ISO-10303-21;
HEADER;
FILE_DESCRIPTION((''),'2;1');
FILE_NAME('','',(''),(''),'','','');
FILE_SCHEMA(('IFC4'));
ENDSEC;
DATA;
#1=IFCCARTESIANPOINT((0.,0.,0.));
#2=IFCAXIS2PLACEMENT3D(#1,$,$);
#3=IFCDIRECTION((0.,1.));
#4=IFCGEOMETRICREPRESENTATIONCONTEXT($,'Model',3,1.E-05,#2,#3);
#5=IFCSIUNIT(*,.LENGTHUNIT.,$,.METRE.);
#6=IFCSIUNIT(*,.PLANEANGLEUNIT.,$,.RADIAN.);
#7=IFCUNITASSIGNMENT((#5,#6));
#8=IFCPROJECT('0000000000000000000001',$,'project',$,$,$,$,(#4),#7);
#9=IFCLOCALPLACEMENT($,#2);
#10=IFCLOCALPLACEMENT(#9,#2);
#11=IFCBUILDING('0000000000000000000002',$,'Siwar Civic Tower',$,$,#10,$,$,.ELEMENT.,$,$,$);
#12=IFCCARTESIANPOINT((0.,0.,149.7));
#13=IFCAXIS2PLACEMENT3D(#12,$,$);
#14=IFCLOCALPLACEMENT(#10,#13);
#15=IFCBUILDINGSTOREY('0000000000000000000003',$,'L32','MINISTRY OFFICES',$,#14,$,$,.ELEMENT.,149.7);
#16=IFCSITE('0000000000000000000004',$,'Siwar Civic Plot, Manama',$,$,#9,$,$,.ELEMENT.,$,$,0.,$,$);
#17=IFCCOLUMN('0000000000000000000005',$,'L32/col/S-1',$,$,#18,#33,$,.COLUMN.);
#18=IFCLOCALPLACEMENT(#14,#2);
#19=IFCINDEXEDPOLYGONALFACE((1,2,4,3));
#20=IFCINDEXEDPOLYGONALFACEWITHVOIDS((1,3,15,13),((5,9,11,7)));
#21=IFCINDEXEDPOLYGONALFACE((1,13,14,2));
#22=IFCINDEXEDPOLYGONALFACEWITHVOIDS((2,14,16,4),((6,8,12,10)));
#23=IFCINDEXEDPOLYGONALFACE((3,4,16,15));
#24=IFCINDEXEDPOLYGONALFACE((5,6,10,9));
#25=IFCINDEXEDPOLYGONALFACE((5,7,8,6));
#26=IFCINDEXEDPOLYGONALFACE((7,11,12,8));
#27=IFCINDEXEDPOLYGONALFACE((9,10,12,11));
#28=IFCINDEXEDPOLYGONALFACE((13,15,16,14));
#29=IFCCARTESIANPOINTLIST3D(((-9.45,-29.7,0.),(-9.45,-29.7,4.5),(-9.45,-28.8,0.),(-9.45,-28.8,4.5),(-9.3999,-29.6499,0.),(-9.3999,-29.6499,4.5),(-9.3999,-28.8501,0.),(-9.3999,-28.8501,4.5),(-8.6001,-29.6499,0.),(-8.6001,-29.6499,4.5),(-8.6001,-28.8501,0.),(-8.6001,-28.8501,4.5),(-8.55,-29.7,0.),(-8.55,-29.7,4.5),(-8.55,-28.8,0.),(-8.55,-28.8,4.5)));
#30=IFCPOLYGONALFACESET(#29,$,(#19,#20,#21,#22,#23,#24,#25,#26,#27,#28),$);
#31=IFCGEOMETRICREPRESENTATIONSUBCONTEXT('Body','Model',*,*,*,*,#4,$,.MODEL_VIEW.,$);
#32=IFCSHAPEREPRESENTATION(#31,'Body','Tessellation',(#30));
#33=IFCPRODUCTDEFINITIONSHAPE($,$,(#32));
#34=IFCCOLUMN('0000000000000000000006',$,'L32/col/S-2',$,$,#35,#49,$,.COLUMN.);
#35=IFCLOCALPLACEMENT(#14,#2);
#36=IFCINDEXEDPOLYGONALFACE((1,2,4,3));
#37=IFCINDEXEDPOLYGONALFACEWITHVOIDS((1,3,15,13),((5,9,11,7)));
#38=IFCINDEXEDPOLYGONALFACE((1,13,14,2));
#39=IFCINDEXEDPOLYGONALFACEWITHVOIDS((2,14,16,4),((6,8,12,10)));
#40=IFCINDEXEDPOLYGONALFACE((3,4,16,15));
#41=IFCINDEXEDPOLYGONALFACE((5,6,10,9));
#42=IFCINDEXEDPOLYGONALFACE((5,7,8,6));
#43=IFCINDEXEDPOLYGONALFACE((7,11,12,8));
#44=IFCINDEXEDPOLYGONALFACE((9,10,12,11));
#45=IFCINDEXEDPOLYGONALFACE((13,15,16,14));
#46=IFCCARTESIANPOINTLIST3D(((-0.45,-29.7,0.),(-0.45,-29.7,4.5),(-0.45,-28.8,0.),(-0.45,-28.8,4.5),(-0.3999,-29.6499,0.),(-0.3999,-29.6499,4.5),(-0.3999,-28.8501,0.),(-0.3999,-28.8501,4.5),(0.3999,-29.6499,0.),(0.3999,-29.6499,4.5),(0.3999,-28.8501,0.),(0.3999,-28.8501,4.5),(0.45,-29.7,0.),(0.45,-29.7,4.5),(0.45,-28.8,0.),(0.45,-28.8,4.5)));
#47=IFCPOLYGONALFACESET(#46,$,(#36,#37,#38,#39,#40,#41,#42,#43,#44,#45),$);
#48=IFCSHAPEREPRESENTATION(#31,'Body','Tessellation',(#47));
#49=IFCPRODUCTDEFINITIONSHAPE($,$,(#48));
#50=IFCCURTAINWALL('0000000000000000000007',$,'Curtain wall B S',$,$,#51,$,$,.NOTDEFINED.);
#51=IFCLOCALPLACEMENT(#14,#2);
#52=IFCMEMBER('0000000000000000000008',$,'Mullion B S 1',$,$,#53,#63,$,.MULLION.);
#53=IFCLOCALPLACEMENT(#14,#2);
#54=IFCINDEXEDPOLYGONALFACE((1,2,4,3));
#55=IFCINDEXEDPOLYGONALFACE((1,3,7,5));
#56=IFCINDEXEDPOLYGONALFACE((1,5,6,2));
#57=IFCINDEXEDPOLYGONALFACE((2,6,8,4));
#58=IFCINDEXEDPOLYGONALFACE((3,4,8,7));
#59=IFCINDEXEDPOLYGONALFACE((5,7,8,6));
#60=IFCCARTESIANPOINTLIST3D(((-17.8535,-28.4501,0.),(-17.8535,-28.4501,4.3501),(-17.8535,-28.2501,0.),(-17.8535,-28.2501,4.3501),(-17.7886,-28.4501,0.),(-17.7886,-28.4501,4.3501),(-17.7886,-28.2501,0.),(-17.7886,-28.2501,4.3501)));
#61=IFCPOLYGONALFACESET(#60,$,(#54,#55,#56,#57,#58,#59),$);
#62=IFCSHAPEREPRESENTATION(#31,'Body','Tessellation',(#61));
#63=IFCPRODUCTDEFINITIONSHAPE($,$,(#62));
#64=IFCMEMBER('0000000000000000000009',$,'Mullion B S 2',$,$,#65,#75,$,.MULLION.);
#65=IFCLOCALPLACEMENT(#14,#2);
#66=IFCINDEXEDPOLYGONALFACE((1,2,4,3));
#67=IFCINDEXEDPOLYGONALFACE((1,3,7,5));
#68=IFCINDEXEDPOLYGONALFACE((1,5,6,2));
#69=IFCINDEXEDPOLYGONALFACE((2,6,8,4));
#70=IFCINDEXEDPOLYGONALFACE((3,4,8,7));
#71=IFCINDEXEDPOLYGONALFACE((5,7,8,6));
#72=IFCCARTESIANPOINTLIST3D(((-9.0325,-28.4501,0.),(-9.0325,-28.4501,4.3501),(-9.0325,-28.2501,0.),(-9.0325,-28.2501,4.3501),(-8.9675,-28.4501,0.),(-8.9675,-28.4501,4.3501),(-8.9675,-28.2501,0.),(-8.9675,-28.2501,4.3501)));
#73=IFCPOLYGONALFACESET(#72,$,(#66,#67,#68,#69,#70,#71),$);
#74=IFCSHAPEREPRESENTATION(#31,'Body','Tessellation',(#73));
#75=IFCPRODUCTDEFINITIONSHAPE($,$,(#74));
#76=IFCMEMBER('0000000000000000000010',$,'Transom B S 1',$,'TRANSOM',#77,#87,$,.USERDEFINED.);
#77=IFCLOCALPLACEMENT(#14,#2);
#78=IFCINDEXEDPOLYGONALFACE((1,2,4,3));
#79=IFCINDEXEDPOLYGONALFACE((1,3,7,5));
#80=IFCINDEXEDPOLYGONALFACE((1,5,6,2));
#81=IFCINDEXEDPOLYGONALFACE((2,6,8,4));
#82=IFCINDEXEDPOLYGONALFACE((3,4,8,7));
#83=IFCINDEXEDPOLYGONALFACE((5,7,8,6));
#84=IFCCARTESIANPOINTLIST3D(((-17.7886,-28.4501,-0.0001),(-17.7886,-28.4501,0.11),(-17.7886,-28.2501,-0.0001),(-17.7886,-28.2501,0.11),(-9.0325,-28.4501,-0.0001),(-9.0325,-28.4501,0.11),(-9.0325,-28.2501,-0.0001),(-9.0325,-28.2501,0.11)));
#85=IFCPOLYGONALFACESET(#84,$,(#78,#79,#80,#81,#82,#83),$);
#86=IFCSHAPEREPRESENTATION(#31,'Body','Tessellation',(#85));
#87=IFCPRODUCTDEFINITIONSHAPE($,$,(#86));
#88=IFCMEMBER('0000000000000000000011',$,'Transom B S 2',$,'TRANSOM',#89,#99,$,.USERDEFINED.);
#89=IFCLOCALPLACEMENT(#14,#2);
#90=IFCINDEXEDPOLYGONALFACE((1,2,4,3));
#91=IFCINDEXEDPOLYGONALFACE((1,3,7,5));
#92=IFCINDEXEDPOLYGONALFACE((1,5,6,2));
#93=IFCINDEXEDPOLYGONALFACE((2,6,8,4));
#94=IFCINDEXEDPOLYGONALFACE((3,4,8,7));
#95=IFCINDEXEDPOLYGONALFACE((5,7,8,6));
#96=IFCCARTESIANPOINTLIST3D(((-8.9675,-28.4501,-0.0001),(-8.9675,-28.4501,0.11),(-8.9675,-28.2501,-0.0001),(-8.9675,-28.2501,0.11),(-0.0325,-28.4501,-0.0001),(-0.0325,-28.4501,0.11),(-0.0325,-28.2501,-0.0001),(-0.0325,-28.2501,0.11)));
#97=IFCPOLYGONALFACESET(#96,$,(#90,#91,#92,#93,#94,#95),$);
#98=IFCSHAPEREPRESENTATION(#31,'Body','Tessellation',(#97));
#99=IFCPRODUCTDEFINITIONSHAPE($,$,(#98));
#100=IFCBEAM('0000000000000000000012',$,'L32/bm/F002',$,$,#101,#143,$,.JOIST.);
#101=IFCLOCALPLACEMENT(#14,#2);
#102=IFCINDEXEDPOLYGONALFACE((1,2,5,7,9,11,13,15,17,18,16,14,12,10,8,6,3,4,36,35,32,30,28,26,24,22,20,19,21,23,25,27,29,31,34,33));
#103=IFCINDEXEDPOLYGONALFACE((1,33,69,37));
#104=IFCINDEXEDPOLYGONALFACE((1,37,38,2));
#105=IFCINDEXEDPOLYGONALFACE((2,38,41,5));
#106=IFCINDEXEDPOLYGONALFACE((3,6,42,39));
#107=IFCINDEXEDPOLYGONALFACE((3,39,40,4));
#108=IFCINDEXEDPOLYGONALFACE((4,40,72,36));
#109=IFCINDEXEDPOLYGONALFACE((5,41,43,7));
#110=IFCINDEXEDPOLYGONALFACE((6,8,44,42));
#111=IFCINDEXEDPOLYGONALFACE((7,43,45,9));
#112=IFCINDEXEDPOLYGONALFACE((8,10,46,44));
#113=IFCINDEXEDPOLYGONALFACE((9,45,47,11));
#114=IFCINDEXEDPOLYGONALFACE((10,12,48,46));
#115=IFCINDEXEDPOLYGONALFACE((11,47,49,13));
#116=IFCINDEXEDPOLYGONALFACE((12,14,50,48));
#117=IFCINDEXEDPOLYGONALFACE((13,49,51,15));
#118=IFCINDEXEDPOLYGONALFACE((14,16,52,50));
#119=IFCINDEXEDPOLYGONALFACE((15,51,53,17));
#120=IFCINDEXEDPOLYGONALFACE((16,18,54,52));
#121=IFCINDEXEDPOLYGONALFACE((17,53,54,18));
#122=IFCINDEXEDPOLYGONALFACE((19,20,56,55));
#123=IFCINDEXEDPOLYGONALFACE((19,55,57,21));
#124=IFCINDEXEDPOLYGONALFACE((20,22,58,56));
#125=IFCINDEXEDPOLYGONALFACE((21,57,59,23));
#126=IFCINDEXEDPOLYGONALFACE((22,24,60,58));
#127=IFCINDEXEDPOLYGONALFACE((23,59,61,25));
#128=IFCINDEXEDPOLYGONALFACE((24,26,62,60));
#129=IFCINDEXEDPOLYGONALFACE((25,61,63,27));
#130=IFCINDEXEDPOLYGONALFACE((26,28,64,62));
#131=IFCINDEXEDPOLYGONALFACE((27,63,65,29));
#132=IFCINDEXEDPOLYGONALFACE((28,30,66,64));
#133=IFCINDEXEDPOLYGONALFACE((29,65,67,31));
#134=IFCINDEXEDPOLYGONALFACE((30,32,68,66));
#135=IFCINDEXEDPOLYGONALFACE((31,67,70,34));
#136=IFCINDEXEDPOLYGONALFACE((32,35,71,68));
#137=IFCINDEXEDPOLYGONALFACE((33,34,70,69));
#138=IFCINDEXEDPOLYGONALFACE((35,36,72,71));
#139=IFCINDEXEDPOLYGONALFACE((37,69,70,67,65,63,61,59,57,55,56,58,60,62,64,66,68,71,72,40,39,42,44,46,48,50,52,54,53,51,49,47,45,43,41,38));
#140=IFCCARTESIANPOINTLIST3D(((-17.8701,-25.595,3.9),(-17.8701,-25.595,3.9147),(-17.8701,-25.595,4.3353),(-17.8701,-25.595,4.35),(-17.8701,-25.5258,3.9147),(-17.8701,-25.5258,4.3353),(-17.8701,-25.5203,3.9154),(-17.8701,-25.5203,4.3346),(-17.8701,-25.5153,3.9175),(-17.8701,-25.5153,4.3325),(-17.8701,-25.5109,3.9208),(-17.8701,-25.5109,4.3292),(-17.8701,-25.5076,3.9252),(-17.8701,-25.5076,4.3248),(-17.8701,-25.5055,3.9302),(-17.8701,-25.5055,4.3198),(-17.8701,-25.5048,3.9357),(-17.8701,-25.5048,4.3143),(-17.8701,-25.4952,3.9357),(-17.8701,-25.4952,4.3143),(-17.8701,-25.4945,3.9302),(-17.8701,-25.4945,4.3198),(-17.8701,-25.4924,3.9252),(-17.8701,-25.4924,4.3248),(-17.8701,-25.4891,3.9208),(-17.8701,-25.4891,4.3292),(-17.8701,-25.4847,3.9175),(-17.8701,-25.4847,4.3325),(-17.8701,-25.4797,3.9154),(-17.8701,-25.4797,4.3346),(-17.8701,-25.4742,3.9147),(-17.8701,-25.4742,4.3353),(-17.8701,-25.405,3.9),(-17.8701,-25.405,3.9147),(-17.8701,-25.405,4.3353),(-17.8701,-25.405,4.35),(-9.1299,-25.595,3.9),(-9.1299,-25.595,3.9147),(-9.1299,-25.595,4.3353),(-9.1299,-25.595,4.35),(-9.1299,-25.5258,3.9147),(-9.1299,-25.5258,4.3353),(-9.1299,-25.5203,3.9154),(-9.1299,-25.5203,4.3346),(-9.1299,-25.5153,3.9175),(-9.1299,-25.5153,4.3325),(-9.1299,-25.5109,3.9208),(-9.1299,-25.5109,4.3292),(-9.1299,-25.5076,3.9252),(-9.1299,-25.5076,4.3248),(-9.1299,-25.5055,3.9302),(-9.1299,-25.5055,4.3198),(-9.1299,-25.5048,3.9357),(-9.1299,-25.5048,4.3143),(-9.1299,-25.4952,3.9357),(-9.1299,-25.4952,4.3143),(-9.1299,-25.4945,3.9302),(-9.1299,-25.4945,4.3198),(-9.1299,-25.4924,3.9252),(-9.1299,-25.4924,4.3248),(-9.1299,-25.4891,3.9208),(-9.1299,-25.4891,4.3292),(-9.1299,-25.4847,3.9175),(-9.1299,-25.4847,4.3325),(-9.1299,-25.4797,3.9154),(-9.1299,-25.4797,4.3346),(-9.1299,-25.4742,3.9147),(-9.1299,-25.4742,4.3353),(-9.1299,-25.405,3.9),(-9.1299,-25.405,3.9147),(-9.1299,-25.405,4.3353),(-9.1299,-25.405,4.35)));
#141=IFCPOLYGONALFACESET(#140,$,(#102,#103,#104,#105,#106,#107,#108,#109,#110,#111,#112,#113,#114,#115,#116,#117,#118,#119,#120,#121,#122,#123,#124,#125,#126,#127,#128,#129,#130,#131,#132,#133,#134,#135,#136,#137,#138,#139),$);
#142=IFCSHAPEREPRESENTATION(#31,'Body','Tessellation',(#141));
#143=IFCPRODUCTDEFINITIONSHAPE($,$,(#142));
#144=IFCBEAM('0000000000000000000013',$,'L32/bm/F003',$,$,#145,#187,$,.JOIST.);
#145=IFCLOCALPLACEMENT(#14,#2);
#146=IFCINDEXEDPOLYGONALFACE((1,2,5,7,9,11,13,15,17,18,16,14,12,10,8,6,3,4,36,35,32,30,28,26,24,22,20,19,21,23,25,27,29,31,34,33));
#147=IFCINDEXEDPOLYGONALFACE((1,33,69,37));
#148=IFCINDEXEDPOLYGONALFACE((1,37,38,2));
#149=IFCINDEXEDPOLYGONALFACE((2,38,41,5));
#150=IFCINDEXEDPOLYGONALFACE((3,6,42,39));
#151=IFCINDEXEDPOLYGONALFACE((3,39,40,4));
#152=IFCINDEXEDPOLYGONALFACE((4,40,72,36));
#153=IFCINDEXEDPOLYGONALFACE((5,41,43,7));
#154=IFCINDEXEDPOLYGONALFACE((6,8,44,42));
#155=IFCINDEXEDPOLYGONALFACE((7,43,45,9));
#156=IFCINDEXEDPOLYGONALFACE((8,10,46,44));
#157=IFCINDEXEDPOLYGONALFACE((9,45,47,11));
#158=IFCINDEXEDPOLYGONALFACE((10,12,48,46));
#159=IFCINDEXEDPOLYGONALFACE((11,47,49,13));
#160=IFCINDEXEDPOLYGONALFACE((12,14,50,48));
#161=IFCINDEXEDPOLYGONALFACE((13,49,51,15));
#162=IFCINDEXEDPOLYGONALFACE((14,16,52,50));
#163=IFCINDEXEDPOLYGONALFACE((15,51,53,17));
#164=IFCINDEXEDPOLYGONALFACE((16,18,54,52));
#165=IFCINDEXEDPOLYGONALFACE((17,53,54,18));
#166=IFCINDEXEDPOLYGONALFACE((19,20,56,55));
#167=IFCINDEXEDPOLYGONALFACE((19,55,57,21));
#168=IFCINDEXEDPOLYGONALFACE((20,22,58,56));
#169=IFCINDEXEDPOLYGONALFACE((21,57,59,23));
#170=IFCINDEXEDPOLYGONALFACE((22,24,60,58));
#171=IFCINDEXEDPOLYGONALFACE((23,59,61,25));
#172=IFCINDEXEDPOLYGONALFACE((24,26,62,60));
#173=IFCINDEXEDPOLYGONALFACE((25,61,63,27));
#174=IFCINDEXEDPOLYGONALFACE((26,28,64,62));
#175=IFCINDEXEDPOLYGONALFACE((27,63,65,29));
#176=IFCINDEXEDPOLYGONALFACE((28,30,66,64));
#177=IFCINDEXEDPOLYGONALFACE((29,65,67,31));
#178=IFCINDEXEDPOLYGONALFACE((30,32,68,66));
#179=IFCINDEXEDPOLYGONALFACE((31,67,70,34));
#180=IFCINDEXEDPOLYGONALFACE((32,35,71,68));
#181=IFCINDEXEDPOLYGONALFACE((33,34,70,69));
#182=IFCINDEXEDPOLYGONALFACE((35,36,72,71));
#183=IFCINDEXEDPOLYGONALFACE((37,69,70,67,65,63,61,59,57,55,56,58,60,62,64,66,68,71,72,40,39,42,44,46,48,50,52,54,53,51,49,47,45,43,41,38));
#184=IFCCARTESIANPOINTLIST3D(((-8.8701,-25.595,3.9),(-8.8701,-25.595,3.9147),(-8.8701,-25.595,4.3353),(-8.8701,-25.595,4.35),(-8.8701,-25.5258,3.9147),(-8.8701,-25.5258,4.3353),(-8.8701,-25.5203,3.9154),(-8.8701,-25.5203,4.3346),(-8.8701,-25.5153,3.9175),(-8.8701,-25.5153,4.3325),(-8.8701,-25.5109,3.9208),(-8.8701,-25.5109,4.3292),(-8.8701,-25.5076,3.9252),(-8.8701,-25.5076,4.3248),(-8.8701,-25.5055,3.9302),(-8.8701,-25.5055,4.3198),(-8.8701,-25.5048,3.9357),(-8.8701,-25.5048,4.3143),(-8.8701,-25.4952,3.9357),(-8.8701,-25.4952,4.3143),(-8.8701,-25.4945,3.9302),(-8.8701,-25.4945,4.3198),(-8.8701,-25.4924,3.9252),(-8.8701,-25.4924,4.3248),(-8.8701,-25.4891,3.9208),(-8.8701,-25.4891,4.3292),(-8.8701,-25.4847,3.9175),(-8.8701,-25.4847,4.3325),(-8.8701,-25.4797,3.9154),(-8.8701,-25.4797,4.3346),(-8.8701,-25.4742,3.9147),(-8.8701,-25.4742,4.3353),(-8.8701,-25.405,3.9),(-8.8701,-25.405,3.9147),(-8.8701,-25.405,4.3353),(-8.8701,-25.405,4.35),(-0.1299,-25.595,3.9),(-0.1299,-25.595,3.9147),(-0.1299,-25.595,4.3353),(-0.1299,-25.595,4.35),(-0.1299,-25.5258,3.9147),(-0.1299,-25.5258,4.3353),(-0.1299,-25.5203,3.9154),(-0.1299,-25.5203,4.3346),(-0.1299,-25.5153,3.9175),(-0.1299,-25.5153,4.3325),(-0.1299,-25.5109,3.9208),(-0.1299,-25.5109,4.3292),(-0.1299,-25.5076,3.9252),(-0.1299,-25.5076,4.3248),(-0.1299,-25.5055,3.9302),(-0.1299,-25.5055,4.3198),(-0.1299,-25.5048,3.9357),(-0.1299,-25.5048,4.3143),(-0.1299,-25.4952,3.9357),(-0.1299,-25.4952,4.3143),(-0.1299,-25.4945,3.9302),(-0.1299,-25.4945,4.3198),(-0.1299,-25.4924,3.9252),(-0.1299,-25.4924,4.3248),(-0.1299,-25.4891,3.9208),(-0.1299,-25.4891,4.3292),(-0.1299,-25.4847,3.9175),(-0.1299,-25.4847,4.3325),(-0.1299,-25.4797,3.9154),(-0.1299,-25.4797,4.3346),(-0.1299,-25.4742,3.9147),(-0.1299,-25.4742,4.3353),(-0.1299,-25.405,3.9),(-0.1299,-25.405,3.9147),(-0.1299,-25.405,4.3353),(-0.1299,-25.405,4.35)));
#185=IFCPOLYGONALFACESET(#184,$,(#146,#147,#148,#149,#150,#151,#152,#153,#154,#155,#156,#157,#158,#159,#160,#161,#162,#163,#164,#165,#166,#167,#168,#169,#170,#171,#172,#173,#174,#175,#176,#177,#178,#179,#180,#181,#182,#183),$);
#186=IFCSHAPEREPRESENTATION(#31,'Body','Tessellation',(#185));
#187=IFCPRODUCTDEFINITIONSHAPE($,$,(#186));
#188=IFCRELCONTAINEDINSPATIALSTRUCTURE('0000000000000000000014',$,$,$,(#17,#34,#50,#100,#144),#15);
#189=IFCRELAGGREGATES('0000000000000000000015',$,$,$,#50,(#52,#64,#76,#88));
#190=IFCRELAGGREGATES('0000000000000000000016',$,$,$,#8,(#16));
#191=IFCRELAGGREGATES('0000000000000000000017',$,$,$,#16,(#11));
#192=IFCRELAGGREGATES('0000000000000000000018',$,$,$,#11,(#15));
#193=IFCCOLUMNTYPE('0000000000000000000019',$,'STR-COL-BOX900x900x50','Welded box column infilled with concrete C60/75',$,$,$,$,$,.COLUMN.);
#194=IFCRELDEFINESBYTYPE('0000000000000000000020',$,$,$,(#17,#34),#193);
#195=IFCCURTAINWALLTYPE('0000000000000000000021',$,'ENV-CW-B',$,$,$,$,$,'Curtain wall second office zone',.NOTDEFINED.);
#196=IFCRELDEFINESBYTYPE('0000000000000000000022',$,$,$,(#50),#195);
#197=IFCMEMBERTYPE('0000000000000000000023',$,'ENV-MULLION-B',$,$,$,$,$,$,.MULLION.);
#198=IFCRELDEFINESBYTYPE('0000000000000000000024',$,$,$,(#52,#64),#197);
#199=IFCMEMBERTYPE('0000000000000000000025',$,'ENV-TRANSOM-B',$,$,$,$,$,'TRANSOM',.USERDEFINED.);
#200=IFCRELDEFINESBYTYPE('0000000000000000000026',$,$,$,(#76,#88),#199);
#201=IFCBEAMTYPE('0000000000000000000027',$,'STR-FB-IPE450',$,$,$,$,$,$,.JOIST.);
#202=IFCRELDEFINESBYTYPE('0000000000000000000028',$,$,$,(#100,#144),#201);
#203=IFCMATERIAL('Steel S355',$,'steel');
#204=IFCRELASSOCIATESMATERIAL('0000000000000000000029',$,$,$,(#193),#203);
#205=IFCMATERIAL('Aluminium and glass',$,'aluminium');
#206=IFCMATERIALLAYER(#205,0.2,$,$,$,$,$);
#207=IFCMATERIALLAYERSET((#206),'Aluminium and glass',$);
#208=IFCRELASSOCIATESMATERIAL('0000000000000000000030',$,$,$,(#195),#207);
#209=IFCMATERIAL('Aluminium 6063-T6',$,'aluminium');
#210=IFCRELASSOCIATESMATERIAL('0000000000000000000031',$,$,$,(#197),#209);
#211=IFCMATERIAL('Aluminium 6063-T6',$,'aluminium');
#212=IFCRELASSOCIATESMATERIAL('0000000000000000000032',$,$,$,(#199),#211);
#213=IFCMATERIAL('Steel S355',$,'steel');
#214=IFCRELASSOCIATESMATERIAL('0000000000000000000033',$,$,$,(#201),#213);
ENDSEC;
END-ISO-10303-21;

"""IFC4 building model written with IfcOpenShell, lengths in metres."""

from ifc_helpers import new_model, si_unit, direction, frame, origin, origin_2d, place, context, subcontext, project, spatial, rectangle, hollow_rectangle, i_section, extrude, material, layer, layer_set, material_profile, profile_set, type_object, element, aggregate, save


model = new_model("IFC4")

# Units and contexts
model_context = context("Model", 3, precision=1e-05, world=origin(), true_north=direction((0.0, 1.0)))
body_context = subcontext(model_context, "Body", "Model", "MODEL_VIEW")
ifc_project = project(units=[si_unit("LENGTHUNIT", "METRE"), si_unit("PLANEANGLEUNIT", "RADIAN")], contexts=[model_context])

# Site, building, storey
site_placement = place(None, origin())
site = spatial("IfcSite", under=ifc_project, at=site_placement, Name="Siwar Civic Plot, Manama", CompositionType="ELEMENT", RefElevation=0.0)
building_placement = place(site_placement, origin())
building = spatial("IfcBuilding", under=site, at=building_placement, Name="Siwar Civic Tower", CompositionType="ELEMENT")
storey_placement = place(building_placement, frame((0.0, 0.0, 149.7)))
storey = spatial("IfcBuildingStorey", under=building, at=storey_placement, Name="L32", Description="MINISTRY OFFICES", CompositionType="ELEMENT", Elevation=149.7)

# Columns
ifc_material_1 = material(Name="Steel S355", Category="steel")
ifc_material_profile_1 = material_profile(ifc_material_1, hollow_rectangle(XDim=0.8999, YDim=0.8999, WallThickness=0.05, at=origin_2d()), Name="BOX900x900x50")
ifc_profile_set_1 = profile_set([ifc_material_profile_1], Name="Steel S355")
column_type = type_object("IfcColumnType", Name="STR-COL-BOX900x900x50", Description="Welded box column infilled with concrete C60/75", PredefinedType="COLUMN", material=ifc_profile_set_1)
for number, where, z_axis, x_axis, name in (
    (1, (-9.0, -29.25, 0.0), (0.0, 0.0, 1.0), (1.0, 0.0, 0.0), "L32/col/S-1"),
    (2, (0.0, -29.25, 0.0), (0.0, 0.0, 1.0), (1.0, 0.0, 0.0), "L32/col/S-2"),
):
    element("IfcColumn", number, at=place(storey_placement, frame(where, z_axis=z_axis, x_axis=x_axis)), inside=storey, type_object=column_type, Name=name, PredefinedType="COLUMN", context=body_context, shape_type="SweptSolid", body=[
        extrude(hollow_rectangle(XDim=0.8999, YDim=0.8999, WallThickness=0.05, at=origin_2d()), origin(), (0.0, 0.0, 1.0), 4.5),
    ])

# Curtain wall, members
ifc_material_2 = material(Name="Aluminium and glass", Category="aluminium")
ifc_layer_1 = layer(ifc_material_2, 0.2)
ifc_layer_set_1 = layer_set([ifc_layer_1], Name="Aluminium and glass")
curtain_wall_type = type_object("IfcCurtainWallType", Name="ENV-CW-B", ElementType="Curtain wall second office zone", PredefinedType="NOTDEFINED", material=ifc_layer_set_1)
curtain_wall_placement = place(storey_placement, origin())
curtain_wall = element("IfcCurtainWall", 3, at=curtain_wall_placement, inside=storey, type_object=curtain_wall_type, Name="Curtain wall B S", PredefinedType="NOTDEFINED")
ifc_material_3 = material(Name="Aluminium 6063-T6", Category="aluminium")
ifc_material_profile_2 = material_profile(ifc_material_3, rectangle(XDim=0.2, YDim=0.0649, at=origin_2d()), Name="AL 200x65")
ifc_profile_set_2 = profile_set([ifc_material_profile_2], Name="Aluminium 6063-T6")
member_type_1 = type_object("IfcMemberType", Name="ENV-MULLION-B", PredefinedType="MULLION", material=ifc_profile_set_2)
member_1_placement = place(storey_placement, frame((-17.821, -28.3501, 0.0), z_axis=(0.0, 0.0, 1.0), x_axis=(0.0, 1.0, 0.0)))
member_1 = element("IfcMember", 4, at=member_1_placement, type_object=member_type_1, Name="Mullion B S 1", PredefinedType="MULLION", context=body_context, shape_type="SweptSolid", body=[
    extrude(rectangle(XDim=0.2, YDim=0.0649, at=origin_2d()), origin(), (0.0, 0.0, 1.0), 4.3501),
])
member_2_placement = place(storey_placement, frame((-9.0, -28.3501, 0.0), z_axis=(0.0, 0.0, 1.0), x_axis=(0.0, 1.0, 0.0)))
member_2 = element("IfcMember", 5, at=member_2_placement, type_object=member_type_1, Name="Mullion B S 2", PredefinedType="MULLION", context=body_context, shape_type="SweptSolid", body=[
    extrude(rectangle(XDim=0.2, YDim=0.0649, at=origin_2d()), origin(), (0.0, 0.0, 1.0), 4.3501),
])
ifc_material_4 = material(Name="Aluminium 6063-T6", Category="aluminium")
ifc_material_profile_3 = material_profile(ifc_material_4, rectangle(XDim=0.2, YDim=0.1101, at=origin_2d()), Name="AL 200x110")
ifc_profile_set_3 = profile_set([ifc_material_profile_3], Name="Aluminium 6063-T6")
member_type_2 = type_object("IfcMemberType", Name="ENV-TRANSOM-B", ElementType="TRANSOM", PredefinedType="USERDEFINED", material=ifc_profile_set_3)
member_3_placement = place(storey_placement, frame((-17.7886, -28.3501, 0.0549), z_axis=(1.0, 0.0, 0.0), x_axis=(0.0, 1.0, 0.0)))
member_3 = element("IfcMember", 6, at=member_3_placement, type_object=member_type_2, Name="Transom B S 1", ObjectType="TRANSOM", PredefinedType="USERDEFINED", context=body_context, shape_type="SweptSolid", body=[
    extrude(rectangle(XDim=0.2, YDim=0.1101, at=origin_2d()), origin(), (0.0, 0.0, 1.0), 8.7561),
])
member_4_placement = place(storey_placement, frame((-8.9675, -28.3501, 0.0549), z_axis=(1.0, 0.0, 0.0), x_axis=(0.0, 1.0, 0.0)))
member_4 = element("IfcMember", 7, at=member_4_placement, type_object=member_type_2, Name="Transom B S 2", ObjectType="TRANSOM", PredefinedType="USERDEFINED", context=body_context, shape_type="SweptSolid", body=[
    extrude(rectangle(XDim=0.2, YDim=0.1101, at=origin_2d()), origin(), (0.0, 0.0, 1.0), 8.9351),
])

# Beams
ifc_material_5 = material(Name="Steel S355", Category="steel")
ifc_material_profile_4 = material_profile(ifc_material_5, i_section(OverallWidth=0.1899, OverallDepth=0.45, WebThickness=0.0095, FlangeThickness=0.0146, FilletRadius=0.021, at=origin_2d()), Name="IPE450")
ifc_profile_set_4 = profile_set([ifc_material_profile_4], Name="Steel S355")
beam_type_1 = type_object("IfcBeamType", Name="STR-FB-IPE450", PredefinedType="JOIST", material=ifc_profile_set_4)
for number, where, z_axis, x_axis, name in (
    (8, (-17.8701, -25.5, 4.125), (1.0, 0.0, 0.0), (0.0, 1.0, 0.0), "L32/bm/F002"),
    (9, (-8.8701, -25.5, 4.125), (1.0, 0.0, 0.0), (0.0, 1.0, 0.0), "L32/bm/F003"),
):
    element("IfcBeam", number, at=place(storey_placement, frame(where, z_axis=z_axis, x_axis=x_axis)), inside=storey, type_object=beam_type_1, Name=name, PredefinedType="JOIST", context=body_context, shape_type="SweptSolid", body=[
        extrude(i_section(OverallWidth=0.1899, OverallDepth=0.45, WebThickness=0.0095, FlangeThickness=0.0146, FilletRadius=0.021, at=origin_2d()), origin(), (0.0, 0.0, 1.0), 8.7402),
    ])

aggregate(curtain_wall, [member_1, member_2, member_3, member_4])

save(model, "model.ifc")
